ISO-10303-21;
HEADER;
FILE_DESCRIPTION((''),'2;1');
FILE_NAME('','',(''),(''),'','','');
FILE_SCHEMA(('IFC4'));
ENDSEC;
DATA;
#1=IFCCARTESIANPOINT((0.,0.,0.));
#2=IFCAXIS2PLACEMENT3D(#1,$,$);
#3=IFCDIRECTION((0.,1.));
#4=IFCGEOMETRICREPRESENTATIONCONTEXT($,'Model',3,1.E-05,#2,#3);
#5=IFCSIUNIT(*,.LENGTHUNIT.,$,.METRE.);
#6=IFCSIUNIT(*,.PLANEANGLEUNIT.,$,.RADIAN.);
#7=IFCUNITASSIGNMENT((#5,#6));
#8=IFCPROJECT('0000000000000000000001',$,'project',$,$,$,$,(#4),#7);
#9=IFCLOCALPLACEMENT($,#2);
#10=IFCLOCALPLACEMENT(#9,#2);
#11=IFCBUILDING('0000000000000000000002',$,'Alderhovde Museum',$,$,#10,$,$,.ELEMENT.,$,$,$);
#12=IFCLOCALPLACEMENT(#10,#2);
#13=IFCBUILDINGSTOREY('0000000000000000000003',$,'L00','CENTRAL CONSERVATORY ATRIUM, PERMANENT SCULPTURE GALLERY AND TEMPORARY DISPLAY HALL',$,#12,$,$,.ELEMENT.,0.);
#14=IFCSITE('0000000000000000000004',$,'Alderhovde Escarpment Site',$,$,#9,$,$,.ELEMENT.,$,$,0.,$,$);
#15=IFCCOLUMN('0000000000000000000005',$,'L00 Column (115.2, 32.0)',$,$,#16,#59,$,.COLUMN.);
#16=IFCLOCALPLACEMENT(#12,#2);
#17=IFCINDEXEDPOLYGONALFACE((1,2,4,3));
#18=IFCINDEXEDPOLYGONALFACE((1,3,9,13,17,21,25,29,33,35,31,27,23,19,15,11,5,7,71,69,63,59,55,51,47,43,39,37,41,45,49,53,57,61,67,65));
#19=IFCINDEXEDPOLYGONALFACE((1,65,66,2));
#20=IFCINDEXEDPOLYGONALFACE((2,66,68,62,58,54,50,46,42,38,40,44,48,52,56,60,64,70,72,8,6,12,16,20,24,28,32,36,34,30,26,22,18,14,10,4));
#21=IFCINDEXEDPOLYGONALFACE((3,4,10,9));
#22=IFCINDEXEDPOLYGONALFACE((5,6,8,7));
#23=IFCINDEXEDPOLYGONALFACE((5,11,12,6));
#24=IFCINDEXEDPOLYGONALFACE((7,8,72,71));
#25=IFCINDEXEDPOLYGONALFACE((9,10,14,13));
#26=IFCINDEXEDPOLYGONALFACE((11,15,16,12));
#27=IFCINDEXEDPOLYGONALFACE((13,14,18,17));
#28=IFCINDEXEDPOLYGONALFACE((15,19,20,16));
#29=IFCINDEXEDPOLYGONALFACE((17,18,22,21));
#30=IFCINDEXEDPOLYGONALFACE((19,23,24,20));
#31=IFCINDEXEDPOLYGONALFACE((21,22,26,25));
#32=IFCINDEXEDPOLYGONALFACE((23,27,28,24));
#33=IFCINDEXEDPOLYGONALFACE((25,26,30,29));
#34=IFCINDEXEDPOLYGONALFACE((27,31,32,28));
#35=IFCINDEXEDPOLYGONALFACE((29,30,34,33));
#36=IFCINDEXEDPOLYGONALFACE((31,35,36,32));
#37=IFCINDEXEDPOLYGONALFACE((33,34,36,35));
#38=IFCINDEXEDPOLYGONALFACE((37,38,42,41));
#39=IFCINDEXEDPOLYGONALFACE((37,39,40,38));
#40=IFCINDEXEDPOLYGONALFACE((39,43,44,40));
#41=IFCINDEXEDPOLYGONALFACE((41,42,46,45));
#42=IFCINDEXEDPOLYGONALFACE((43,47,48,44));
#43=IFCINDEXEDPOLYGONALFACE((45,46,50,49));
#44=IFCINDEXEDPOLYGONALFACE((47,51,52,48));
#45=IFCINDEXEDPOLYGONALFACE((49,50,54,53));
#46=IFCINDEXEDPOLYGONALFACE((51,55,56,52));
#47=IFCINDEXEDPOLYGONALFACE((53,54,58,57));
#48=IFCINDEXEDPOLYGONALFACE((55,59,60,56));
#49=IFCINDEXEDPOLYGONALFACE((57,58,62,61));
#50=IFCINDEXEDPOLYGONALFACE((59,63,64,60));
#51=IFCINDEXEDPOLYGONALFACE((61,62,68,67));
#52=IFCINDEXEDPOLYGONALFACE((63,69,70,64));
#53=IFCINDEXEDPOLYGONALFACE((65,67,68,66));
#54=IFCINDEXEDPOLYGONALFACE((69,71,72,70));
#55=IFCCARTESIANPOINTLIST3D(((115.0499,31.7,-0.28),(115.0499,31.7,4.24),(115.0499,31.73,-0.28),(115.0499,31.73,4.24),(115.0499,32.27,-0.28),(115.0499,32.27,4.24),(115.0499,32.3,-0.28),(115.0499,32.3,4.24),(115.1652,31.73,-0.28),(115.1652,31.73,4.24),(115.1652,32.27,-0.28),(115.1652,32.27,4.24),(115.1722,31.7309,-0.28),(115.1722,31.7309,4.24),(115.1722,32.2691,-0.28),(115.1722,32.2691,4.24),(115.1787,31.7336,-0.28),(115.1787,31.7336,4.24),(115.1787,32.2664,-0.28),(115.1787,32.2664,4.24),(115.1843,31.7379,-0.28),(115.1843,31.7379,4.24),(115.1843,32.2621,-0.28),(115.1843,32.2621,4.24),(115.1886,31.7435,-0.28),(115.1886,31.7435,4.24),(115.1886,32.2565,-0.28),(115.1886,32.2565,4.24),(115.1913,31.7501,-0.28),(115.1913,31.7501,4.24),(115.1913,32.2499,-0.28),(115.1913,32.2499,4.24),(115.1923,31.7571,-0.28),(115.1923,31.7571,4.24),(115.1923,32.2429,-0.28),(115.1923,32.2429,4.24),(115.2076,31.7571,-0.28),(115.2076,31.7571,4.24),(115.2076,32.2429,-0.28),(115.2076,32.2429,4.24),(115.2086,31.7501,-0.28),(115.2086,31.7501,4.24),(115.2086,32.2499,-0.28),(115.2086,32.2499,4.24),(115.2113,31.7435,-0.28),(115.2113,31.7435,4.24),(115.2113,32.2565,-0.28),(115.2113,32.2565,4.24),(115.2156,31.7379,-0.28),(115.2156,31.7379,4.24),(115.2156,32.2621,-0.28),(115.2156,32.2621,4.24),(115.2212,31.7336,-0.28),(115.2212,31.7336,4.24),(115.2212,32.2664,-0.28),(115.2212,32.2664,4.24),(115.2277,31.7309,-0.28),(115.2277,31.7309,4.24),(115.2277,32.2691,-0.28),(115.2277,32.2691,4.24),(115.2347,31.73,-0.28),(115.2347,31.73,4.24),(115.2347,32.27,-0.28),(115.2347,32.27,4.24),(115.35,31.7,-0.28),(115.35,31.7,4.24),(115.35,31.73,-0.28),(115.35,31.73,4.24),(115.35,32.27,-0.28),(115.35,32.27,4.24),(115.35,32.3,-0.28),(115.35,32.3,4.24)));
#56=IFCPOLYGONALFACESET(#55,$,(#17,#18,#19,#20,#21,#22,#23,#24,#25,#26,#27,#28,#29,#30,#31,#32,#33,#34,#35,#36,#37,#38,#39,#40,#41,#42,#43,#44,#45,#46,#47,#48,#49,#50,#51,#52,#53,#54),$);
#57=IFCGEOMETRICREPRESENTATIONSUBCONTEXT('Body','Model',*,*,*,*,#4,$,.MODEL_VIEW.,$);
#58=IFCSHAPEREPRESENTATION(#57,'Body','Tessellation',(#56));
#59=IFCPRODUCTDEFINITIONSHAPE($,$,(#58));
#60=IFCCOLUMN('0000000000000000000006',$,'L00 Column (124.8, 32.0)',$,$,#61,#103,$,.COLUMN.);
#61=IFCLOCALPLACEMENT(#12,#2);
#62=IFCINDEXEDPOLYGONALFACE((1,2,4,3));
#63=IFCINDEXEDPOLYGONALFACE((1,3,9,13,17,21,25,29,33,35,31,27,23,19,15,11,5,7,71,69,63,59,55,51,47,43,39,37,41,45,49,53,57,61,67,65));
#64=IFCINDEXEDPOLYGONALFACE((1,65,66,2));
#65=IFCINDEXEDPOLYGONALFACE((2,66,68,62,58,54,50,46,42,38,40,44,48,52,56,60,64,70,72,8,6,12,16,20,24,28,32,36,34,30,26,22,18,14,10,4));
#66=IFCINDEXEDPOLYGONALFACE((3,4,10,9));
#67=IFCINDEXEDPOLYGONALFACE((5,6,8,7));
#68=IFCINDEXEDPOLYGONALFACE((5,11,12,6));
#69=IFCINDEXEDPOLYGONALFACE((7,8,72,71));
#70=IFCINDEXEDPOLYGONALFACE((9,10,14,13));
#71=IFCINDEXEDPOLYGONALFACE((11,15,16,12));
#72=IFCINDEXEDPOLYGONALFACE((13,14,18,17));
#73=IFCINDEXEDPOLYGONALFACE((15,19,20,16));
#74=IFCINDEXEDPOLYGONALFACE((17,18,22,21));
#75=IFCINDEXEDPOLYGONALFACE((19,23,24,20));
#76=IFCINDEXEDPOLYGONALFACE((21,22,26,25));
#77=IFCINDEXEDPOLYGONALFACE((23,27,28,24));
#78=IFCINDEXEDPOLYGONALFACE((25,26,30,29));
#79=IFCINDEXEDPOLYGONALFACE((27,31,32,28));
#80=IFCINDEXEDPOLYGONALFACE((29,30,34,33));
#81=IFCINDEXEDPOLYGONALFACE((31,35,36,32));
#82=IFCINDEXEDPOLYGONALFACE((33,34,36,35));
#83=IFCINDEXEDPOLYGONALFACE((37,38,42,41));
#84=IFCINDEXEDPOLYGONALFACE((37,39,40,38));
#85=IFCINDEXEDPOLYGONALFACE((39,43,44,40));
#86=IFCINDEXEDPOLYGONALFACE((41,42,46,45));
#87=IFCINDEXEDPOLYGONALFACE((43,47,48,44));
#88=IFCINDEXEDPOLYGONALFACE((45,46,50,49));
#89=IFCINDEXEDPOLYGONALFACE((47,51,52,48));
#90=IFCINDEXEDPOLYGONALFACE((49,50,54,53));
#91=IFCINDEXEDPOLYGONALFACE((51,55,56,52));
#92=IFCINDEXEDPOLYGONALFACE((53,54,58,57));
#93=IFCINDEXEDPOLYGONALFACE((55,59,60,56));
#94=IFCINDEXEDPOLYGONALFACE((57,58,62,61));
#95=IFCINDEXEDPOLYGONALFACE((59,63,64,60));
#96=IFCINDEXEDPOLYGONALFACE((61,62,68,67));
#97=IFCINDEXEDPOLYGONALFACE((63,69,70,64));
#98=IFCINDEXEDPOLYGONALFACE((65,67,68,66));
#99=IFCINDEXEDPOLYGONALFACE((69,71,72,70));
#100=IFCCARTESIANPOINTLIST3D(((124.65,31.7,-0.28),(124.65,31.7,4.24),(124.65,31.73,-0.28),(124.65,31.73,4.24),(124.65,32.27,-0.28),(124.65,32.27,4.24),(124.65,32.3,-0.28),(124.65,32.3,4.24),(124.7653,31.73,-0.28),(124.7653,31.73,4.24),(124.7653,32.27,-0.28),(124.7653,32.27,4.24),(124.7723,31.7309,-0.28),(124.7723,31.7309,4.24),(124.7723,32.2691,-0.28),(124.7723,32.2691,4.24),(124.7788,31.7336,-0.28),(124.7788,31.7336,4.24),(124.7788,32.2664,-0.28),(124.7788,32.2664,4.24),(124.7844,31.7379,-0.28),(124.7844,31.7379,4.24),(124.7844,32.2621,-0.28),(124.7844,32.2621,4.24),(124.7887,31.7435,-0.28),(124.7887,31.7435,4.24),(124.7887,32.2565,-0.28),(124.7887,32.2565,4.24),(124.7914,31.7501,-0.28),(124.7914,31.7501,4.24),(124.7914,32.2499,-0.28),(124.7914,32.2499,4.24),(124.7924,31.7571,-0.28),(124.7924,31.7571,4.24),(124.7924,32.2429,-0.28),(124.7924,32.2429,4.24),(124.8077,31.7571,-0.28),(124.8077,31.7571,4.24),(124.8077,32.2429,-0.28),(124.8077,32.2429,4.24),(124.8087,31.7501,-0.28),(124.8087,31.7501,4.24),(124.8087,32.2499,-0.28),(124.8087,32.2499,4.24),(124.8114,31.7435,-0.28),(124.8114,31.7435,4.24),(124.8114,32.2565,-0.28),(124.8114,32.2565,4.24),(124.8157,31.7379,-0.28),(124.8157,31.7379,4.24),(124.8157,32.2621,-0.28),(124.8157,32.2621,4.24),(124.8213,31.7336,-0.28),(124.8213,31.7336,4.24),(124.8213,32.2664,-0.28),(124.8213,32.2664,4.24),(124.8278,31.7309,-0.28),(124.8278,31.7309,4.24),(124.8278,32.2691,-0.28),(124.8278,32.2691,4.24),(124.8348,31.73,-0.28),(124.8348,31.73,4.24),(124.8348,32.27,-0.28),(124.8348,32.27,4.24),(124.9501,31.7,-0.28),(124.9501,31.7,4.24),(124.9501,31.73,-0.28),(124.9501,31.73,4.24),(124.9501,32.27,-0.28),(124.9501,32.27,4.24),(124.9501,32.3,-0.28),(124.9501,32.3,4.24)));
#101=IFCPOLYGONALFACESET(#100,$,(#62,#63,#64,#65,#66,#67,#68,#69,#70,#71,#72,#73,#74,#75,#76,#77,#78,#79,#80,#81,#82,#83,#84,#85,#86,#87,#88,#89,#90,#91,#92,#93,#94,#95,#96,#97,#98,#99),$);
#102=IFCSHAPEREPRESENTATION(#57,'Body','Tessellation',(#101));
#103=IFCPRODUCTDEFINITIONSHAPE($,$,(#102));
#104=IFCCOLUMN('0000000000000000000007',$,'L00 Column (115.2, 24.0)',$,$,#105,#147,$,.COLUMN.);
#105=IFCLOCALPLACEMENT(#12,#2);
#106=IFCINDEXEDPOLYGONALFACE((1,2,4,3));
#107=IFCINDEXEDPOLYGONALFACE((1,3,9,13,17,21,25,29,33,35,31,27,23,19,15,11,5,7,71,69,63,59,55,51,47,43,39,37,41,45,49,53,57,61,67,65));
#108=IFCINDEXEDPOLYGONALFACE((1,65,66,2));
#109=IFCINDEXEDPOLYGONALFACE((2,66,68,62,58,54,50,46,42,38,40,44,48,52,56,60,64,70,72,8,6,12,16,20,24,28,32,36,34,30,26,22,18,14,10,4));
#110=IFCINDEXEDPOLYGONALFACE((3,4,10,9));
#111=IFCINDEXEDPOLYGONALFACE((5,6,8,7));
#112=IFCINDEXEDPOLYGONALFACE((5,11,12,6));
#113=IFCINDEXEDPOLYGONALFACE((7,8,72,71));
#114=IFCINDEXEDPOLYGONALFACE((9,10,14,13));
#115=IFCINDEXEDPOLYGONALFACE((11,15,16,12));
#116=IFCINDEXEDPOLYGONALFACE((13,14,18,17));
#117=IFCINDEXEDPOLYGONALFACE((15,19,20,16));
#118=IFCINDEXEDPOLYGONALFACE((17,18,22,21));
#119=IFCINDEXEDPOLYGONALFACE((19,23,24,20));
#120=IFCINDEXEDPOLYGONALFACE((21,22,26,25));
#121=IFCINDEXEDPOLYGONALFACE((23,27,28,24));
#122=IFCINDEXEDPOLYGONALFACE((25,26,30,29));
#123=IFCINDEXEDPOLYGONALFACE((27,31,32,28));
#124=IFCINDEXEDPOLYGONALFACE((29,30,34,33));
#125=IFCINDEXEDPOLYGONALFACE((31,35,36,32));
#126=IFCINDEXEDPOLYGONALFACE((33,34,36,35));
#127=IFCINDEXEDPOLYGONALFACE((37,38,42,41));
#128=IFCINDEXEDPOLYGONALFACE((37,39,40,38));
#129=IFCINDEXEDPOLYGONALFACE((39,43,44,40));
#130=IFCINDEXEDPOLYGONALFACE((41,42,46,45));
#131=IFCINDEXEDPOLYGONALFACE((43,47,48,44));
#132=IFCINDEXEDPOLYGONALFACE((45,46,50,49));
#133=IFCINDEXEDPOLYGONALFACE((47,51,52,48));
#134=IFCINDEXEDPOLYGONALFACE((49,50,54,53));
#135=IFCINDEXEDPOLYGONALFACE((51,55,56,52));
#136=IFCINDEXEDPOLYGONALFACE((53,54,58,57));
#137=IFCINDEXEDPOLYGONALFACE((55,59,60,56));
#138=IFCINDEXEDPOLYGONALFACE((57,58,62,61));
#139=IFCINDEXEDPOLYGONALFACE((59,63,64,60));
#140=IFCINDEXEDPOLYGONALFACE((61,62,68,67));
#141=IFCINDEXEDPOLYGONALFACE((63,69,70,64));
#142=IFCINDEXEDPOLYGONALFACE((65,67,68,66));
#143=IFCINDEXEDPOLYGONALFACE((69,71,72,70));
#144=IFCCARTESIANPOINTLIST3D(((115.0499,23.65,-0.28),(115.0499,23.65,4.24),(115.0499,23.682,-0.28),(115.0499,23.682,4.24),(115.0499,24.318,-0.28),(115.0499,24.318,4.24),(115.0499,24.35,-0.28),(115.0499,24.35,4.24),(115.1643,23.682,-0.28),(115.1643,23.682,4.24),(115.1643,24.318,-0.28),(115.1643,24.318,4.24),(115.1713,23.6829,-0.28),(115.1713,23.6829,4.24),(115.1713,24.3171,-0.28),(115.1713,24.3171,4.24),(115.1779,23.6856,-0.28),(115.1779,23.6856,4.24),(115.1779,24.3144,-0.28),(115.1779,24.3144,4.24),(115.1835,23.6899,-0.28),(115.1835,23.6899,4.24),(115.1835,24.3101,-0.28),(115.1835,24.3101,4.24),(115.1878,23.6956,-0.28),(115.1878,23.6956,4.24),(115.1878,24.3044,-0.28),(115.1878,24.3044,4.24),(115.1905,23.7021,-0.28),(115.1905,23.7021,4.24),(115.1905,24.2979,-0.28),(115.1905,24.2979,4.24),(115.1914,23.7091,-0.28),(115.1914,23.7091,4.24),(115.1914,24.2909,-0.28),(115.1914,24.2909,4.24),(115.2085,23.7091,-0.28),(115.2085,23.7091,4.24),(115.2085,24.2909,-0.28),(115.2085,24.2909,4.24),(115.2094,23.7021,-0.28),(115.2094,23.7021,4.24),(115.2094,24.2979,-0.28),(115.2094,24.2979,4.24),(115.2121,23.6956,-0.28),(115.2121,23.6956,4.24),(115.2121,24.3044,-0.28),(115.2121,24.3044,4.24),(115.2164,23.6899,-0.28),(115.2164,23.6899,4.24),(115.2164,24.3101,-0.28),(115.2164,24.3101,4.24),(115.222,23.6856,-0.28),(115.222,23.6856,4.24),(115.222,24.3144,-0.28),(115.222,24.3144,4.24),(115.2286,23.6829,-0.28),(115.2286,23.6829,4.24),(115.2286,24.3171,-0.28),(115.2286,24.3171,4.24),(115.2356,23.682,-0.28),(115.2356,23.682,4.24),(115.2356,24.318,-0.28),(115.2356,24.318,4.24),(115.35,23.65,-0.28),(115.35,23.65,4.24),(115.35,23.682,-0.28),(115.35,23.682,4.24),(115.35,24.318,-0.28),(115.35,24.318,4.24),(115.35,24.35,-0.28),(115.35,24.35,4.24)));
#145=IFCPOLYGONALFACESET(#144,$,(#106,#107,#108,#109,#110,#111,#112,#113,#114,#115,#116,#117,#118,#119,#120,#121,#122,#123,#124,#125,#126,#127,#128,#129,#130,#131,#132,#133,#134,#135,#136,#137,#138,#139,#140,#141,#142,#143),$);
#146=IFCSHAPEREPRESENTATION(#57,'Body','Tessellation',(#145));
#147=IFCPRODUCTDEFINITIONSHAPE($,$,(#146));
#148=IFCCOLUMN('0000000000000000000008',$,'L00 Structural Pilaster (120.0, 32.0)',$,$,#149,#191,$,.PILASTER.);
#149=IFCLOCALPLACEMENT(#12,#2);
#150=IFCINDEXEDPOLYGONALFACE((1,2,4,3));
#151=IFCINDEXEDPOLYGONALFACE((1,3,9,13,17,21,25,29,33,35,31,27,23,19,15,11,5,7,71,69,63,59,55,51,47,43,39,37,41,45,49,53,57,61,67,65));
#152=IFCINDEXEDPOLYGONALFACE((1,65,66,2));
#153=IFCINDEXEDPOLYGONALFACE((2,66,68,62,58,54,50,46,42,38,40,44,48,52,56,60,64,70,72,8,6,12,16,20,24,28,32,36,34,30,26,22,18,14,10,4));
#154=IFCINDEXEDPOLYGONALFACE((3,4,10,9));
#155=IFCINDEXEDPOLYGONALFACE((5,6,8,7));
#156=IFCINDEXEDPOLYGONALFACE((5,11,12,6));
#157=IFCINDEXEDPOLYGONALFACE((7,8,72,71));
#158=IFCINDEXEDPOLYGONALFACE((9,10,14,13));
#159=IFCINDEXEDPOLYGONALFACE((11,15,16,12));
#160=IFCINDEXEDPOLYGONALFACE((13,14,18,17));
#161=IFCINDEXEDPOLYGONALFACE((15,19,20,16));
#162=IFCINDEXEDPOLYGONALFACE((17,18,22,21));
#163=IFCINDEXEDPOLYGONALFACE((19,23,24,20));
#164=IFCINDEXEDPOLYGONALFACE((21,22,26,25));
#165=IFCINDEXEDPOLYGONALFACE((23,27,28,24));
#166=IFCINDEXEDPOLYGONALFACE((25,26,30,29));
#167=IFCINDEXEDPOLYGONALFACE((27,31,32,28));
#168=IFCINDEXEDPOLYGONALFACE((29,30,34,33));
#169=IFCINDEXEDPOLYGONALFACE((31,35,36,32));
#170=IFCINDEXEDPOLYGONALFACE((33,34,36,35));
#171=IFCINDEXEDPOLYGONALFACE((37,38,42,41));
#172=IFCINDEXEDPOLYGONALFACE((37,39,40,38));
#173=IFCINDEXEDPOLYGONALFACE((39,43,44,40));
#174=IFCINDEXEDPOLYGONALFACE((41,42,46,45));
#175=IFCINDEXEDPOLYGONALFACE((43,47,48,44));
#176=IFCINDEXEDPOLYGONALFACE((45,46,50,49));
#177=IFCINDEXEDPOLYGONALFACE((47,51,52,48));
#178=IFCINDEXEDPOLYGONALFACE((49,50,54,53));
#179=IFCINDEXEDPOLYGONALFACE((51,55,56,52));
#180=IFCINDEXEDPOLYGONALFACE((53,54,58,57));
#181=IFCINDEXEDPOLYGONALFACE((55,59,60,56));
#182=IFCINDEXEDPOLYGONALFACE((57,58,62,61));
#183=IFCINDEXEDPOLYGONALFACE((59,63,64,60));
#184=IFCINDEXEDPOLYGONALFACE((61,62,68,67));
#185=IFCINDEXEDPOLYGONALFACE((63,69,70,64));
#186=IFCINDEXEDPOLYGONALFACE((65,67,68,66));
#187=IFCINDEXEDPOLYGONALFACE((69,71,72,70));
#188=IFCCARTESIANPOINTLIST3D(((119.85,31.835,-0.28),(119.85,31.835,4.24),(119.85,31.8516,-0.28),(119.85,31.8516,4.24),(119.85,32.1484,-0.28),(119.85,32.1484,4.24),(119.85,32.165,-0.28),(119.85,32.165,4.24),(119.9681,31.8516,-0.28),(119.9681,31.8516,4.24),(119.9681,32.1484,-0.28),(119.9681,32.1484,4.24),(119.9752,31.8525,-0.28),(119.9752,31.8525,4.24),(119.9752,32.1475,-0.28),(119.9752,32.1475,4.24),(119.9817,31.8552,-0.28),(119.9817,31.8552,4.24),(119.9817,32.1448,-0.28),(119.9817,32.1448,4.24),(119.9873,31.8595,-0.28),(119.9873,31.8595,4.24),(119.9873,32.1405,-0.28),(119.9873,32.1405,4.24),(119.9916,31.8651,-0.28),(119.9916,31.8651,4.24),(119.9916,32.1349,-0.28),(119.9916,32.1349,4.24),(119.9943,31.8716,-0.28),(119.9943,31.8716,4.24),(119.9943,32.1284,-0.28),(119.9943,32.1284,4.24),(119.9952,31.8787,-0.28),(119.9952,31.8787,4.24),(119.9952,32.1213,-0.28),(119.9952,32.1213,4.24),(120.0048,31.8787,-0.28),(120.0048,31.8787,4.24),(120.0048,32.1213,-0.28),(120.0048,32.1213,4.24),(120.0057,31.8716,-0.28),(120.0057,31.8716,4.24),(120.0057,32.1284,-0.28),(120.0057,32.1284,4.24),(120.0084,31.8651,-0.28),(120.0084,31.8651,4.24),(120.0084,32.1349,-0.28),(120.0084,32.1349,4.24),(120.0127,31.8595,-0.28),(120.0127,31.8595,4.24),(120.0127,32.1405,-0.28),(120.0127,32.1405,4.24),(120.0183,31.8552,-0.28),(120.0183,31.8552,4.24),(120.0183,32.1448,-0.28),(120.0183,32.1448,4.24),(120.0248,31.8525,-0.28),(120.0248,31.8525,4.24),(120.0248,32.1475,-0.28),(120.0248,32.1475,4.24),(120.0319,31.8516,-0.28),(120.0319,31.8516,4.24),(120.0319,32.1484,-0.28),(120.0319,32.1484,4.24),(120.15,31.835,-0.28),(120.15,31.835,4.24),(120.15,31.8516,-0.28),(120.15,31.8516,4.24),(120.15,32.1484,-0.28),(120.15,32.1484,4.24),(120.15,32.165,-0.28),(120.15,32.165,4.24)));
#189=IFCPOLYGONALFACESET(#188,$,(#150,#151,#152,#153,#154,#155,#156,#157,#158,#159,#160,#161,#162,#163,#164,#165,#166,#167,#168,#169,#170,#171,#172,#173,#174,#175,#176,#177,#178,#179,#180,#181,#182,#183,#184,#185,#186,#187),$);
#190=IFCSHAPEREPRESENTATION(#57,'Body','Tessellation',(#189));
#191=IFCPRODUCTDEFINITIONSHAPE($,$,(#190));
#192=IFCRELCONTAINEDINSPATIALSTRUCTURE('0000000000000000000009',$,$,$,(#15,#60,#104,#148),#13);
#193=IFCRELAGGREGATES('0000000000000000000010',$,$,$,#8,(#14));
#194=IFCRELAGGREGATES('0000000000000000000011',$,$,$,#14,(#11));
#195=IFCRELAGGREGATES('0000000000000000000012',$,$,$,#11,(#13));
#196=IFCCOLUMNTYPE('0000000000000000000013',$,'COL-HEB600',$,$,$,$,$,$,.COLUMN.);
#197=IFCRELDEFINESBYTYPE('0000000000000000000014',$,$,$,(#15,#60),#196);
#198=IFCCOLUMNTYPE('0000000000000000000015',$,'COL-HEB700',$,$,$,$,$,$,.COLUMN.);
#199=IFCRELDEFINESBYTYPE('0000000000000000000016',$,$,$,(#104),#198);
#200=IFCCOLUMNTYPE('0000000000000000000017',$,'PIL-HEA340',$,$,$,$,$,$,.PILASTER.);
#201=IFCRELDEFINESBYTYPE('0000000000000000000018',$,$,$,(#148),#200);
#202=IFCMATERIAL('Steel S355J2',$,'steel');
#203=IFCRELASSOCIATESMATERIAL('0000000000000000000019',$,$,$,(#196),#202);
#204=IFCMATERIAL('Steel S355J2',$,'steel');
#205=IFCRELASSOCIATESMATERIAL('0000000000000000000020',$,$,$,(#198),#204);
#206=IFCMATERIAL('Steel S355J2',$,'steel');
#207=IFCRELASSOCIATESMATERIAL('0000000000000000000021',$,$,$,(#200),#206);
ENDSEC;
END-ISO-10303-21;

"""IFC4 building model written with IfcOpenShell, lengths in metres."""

from ifc_helpers import new_model, si_unit, direction, frame, origin, origin_2d, place, context, subcontext, project, spatial, i_section, extrude, material, material_profile, profile_set, type_object, element, save


model = new_model("IFC4")

# Units and contexts
model_context = context("Model", 3, precision=1e-05, world=origin(), true_north=direction((0.0, 1.0)))
body_context = subcontext(model_context, "Body", "Model", "MODEL_VIEW")
ifc_project = project(units=[si_unit("LENGTHUNIT", "METRE"), si_unit("PLANEANGLEUNIT", "RADIAN")], contexts=[model_context])

# Site, building, storey
site_placement = place(None, origin())
site = spatial("IfcSite", under=ifc_project, at=site_placement, Name="Alderhovde Escarpment Site", CompositionType="ELEMENT", RefElevation=0.0)
building_placement = place(site_placement, origin())
building = spatial("IfcBuilding", under=site, at=building_placement, Name="Alderhovde Museum", CompositionType="ELEMENT")
storey_placement = place(building_placement, origin())
storey = spatial("IfcBuildingStorey", under=building, at=storey_placement, Name="L00", Description="CENTRAL CONSERVATORY ATRIUM, PERMANENT SCULPTURE GALLERY AND TEMPORARY DISPLAY HALL", CompositionType="ELEMENT", Elevation=0.0)

# Columns
ifc_material_1 = material(Name="Steel S355J2", Category="steel")
ifc_material_profile_1 = material_profile(ifc_material_1, i_section(OverallWidth=0.3, OverallDepth=0.6001, WebThickness=0.0154, FlangeThickness=0.03, FilletRadius=0.0271, at=origin_2d()), Name="HEB 600")
ifc_profile_set_1 = profile_set([ifc_material_profile_1], Name="Steel S355J2")
column_type_1 = type_object("IfcColumnType", Name="COL-HEB600", PredefinedType="COLUMN", material=ifc_profile_set_1)
for number, where, z_axis, x_axis, name in (
    (1, (115.2, 32.0, -0.28), (0.0, 0.0, 1.0), (1.0, 0.0, 0.0), "L00 Column (115.2, 32.0)"),
    (2, (124.8, 32.0, -0.28), (0.0, 0.0, 1.0), (1.0, 0.0, 0.0), "L00 Column (124.8, 32.0)"),
):
    element("IfcColumn", number, at=place(storey_placement, frame(where, z_axis=z_axis, x_axis=x_axis)), inside=storey, type_object=column_type_1, Name=name, PredefinedType="COLUMN", context=body_context, shape_type="SweptSolid", body=[
        extrude(i_section(OverallWidth=0.3, OverallDepth=0.6001, WebThickness=0.0154, FlangeThickness=0.03, FilletRadius=0.0271, at=origin_2d()), origin(), (0.0, 0.0, 1.0), 4.52),
    ])
ifc_material_2 = material(Name="Steel S355J2", Category="steel")
ifc_material_profile_2 = material_profile(ifc_material_2, i_section(OverallWidth=0.3, OverallDepth=0.7, WebThickness=0.0171, FlangeThickness=0.032, FilletRadius=0.0271, at=origin_2d()), Name="HEB 700")
ifc_profile_set_2 = profile_set([ifc_material_profile_2], Name="Steel S355J2")
column_type_2 = type_object("IfcColumnType", Name="COL-HEB700", PredefinedType="COLUMN", material=ifc_profile_set_2)
column_1_placement = place(storey_placement, frame((115.2, 24.0, -0.28), z_axis=(0.0, 0.0, 1.0), x_axis=(1.0, 0.0, 0.0)))
element("IfcColumn", 3, at=column_1_placement, inside=storey, type_object=column_type_2, Name="L00 Column (115.2, 24.0)", PredefinedType="COLUMN", context=body_context, shape_type="SweptSolid", body=[
    extrude(i_section(OverallWidth=0.3, OverallDepth=0.7, WebThickness=0.0171, FlangeThickness=0.032, FilletRadius=0.0271, at=origin_2d()), origin(), (0.0, 0.0, 1.0), 4.52),
])
ifc_material_3 = material(Name="Steel S355J2", Category="steel")
ifc_material_profile_3 = material_profile(ifc_material_3, i_section(OverallWidth=0.3, OverallDepth=0.3301, WebThickness=0.0095, FlangeThickness=0.0166, FilletRadius=0.0271, at=origin_2d()), Name="HEA 340")
ifc_profile_set_3 = profile_set([ifc_material_profile_3], Name="Steel S355J2")
column_type_3 = type_object("IfcColumnType", Name="PIL-HEA340", PredefinedType="PILASTER", material=ifc_profile_set_3)
column_2_placement = place(storey_placement, frame((120.0, 32.0, -0.28), z_axis=(0.0, 0.0, 1.0), x_axis=(1.0, 0.0, 0.0)))
element("IfcColumn", 4, at=column_2_placement, inside=storey, type_object=column_type_3, Name="L00 Structural Pilaster (120.0, 32.0)", PredefinedType="PILASTER", context=body_context, shape_type="SweptSolid", body=[
    extrude(i_section(OverallWidth=0.3, OverallDepth=0.3301, WebThickness=0.0095, FlangeThickness=0.0166, FilletRadius=0.0271, at=origin_2d()), origin(), (0.0, 0.0, 1.0), 4.52),
])

save(model, "model.ifc")
